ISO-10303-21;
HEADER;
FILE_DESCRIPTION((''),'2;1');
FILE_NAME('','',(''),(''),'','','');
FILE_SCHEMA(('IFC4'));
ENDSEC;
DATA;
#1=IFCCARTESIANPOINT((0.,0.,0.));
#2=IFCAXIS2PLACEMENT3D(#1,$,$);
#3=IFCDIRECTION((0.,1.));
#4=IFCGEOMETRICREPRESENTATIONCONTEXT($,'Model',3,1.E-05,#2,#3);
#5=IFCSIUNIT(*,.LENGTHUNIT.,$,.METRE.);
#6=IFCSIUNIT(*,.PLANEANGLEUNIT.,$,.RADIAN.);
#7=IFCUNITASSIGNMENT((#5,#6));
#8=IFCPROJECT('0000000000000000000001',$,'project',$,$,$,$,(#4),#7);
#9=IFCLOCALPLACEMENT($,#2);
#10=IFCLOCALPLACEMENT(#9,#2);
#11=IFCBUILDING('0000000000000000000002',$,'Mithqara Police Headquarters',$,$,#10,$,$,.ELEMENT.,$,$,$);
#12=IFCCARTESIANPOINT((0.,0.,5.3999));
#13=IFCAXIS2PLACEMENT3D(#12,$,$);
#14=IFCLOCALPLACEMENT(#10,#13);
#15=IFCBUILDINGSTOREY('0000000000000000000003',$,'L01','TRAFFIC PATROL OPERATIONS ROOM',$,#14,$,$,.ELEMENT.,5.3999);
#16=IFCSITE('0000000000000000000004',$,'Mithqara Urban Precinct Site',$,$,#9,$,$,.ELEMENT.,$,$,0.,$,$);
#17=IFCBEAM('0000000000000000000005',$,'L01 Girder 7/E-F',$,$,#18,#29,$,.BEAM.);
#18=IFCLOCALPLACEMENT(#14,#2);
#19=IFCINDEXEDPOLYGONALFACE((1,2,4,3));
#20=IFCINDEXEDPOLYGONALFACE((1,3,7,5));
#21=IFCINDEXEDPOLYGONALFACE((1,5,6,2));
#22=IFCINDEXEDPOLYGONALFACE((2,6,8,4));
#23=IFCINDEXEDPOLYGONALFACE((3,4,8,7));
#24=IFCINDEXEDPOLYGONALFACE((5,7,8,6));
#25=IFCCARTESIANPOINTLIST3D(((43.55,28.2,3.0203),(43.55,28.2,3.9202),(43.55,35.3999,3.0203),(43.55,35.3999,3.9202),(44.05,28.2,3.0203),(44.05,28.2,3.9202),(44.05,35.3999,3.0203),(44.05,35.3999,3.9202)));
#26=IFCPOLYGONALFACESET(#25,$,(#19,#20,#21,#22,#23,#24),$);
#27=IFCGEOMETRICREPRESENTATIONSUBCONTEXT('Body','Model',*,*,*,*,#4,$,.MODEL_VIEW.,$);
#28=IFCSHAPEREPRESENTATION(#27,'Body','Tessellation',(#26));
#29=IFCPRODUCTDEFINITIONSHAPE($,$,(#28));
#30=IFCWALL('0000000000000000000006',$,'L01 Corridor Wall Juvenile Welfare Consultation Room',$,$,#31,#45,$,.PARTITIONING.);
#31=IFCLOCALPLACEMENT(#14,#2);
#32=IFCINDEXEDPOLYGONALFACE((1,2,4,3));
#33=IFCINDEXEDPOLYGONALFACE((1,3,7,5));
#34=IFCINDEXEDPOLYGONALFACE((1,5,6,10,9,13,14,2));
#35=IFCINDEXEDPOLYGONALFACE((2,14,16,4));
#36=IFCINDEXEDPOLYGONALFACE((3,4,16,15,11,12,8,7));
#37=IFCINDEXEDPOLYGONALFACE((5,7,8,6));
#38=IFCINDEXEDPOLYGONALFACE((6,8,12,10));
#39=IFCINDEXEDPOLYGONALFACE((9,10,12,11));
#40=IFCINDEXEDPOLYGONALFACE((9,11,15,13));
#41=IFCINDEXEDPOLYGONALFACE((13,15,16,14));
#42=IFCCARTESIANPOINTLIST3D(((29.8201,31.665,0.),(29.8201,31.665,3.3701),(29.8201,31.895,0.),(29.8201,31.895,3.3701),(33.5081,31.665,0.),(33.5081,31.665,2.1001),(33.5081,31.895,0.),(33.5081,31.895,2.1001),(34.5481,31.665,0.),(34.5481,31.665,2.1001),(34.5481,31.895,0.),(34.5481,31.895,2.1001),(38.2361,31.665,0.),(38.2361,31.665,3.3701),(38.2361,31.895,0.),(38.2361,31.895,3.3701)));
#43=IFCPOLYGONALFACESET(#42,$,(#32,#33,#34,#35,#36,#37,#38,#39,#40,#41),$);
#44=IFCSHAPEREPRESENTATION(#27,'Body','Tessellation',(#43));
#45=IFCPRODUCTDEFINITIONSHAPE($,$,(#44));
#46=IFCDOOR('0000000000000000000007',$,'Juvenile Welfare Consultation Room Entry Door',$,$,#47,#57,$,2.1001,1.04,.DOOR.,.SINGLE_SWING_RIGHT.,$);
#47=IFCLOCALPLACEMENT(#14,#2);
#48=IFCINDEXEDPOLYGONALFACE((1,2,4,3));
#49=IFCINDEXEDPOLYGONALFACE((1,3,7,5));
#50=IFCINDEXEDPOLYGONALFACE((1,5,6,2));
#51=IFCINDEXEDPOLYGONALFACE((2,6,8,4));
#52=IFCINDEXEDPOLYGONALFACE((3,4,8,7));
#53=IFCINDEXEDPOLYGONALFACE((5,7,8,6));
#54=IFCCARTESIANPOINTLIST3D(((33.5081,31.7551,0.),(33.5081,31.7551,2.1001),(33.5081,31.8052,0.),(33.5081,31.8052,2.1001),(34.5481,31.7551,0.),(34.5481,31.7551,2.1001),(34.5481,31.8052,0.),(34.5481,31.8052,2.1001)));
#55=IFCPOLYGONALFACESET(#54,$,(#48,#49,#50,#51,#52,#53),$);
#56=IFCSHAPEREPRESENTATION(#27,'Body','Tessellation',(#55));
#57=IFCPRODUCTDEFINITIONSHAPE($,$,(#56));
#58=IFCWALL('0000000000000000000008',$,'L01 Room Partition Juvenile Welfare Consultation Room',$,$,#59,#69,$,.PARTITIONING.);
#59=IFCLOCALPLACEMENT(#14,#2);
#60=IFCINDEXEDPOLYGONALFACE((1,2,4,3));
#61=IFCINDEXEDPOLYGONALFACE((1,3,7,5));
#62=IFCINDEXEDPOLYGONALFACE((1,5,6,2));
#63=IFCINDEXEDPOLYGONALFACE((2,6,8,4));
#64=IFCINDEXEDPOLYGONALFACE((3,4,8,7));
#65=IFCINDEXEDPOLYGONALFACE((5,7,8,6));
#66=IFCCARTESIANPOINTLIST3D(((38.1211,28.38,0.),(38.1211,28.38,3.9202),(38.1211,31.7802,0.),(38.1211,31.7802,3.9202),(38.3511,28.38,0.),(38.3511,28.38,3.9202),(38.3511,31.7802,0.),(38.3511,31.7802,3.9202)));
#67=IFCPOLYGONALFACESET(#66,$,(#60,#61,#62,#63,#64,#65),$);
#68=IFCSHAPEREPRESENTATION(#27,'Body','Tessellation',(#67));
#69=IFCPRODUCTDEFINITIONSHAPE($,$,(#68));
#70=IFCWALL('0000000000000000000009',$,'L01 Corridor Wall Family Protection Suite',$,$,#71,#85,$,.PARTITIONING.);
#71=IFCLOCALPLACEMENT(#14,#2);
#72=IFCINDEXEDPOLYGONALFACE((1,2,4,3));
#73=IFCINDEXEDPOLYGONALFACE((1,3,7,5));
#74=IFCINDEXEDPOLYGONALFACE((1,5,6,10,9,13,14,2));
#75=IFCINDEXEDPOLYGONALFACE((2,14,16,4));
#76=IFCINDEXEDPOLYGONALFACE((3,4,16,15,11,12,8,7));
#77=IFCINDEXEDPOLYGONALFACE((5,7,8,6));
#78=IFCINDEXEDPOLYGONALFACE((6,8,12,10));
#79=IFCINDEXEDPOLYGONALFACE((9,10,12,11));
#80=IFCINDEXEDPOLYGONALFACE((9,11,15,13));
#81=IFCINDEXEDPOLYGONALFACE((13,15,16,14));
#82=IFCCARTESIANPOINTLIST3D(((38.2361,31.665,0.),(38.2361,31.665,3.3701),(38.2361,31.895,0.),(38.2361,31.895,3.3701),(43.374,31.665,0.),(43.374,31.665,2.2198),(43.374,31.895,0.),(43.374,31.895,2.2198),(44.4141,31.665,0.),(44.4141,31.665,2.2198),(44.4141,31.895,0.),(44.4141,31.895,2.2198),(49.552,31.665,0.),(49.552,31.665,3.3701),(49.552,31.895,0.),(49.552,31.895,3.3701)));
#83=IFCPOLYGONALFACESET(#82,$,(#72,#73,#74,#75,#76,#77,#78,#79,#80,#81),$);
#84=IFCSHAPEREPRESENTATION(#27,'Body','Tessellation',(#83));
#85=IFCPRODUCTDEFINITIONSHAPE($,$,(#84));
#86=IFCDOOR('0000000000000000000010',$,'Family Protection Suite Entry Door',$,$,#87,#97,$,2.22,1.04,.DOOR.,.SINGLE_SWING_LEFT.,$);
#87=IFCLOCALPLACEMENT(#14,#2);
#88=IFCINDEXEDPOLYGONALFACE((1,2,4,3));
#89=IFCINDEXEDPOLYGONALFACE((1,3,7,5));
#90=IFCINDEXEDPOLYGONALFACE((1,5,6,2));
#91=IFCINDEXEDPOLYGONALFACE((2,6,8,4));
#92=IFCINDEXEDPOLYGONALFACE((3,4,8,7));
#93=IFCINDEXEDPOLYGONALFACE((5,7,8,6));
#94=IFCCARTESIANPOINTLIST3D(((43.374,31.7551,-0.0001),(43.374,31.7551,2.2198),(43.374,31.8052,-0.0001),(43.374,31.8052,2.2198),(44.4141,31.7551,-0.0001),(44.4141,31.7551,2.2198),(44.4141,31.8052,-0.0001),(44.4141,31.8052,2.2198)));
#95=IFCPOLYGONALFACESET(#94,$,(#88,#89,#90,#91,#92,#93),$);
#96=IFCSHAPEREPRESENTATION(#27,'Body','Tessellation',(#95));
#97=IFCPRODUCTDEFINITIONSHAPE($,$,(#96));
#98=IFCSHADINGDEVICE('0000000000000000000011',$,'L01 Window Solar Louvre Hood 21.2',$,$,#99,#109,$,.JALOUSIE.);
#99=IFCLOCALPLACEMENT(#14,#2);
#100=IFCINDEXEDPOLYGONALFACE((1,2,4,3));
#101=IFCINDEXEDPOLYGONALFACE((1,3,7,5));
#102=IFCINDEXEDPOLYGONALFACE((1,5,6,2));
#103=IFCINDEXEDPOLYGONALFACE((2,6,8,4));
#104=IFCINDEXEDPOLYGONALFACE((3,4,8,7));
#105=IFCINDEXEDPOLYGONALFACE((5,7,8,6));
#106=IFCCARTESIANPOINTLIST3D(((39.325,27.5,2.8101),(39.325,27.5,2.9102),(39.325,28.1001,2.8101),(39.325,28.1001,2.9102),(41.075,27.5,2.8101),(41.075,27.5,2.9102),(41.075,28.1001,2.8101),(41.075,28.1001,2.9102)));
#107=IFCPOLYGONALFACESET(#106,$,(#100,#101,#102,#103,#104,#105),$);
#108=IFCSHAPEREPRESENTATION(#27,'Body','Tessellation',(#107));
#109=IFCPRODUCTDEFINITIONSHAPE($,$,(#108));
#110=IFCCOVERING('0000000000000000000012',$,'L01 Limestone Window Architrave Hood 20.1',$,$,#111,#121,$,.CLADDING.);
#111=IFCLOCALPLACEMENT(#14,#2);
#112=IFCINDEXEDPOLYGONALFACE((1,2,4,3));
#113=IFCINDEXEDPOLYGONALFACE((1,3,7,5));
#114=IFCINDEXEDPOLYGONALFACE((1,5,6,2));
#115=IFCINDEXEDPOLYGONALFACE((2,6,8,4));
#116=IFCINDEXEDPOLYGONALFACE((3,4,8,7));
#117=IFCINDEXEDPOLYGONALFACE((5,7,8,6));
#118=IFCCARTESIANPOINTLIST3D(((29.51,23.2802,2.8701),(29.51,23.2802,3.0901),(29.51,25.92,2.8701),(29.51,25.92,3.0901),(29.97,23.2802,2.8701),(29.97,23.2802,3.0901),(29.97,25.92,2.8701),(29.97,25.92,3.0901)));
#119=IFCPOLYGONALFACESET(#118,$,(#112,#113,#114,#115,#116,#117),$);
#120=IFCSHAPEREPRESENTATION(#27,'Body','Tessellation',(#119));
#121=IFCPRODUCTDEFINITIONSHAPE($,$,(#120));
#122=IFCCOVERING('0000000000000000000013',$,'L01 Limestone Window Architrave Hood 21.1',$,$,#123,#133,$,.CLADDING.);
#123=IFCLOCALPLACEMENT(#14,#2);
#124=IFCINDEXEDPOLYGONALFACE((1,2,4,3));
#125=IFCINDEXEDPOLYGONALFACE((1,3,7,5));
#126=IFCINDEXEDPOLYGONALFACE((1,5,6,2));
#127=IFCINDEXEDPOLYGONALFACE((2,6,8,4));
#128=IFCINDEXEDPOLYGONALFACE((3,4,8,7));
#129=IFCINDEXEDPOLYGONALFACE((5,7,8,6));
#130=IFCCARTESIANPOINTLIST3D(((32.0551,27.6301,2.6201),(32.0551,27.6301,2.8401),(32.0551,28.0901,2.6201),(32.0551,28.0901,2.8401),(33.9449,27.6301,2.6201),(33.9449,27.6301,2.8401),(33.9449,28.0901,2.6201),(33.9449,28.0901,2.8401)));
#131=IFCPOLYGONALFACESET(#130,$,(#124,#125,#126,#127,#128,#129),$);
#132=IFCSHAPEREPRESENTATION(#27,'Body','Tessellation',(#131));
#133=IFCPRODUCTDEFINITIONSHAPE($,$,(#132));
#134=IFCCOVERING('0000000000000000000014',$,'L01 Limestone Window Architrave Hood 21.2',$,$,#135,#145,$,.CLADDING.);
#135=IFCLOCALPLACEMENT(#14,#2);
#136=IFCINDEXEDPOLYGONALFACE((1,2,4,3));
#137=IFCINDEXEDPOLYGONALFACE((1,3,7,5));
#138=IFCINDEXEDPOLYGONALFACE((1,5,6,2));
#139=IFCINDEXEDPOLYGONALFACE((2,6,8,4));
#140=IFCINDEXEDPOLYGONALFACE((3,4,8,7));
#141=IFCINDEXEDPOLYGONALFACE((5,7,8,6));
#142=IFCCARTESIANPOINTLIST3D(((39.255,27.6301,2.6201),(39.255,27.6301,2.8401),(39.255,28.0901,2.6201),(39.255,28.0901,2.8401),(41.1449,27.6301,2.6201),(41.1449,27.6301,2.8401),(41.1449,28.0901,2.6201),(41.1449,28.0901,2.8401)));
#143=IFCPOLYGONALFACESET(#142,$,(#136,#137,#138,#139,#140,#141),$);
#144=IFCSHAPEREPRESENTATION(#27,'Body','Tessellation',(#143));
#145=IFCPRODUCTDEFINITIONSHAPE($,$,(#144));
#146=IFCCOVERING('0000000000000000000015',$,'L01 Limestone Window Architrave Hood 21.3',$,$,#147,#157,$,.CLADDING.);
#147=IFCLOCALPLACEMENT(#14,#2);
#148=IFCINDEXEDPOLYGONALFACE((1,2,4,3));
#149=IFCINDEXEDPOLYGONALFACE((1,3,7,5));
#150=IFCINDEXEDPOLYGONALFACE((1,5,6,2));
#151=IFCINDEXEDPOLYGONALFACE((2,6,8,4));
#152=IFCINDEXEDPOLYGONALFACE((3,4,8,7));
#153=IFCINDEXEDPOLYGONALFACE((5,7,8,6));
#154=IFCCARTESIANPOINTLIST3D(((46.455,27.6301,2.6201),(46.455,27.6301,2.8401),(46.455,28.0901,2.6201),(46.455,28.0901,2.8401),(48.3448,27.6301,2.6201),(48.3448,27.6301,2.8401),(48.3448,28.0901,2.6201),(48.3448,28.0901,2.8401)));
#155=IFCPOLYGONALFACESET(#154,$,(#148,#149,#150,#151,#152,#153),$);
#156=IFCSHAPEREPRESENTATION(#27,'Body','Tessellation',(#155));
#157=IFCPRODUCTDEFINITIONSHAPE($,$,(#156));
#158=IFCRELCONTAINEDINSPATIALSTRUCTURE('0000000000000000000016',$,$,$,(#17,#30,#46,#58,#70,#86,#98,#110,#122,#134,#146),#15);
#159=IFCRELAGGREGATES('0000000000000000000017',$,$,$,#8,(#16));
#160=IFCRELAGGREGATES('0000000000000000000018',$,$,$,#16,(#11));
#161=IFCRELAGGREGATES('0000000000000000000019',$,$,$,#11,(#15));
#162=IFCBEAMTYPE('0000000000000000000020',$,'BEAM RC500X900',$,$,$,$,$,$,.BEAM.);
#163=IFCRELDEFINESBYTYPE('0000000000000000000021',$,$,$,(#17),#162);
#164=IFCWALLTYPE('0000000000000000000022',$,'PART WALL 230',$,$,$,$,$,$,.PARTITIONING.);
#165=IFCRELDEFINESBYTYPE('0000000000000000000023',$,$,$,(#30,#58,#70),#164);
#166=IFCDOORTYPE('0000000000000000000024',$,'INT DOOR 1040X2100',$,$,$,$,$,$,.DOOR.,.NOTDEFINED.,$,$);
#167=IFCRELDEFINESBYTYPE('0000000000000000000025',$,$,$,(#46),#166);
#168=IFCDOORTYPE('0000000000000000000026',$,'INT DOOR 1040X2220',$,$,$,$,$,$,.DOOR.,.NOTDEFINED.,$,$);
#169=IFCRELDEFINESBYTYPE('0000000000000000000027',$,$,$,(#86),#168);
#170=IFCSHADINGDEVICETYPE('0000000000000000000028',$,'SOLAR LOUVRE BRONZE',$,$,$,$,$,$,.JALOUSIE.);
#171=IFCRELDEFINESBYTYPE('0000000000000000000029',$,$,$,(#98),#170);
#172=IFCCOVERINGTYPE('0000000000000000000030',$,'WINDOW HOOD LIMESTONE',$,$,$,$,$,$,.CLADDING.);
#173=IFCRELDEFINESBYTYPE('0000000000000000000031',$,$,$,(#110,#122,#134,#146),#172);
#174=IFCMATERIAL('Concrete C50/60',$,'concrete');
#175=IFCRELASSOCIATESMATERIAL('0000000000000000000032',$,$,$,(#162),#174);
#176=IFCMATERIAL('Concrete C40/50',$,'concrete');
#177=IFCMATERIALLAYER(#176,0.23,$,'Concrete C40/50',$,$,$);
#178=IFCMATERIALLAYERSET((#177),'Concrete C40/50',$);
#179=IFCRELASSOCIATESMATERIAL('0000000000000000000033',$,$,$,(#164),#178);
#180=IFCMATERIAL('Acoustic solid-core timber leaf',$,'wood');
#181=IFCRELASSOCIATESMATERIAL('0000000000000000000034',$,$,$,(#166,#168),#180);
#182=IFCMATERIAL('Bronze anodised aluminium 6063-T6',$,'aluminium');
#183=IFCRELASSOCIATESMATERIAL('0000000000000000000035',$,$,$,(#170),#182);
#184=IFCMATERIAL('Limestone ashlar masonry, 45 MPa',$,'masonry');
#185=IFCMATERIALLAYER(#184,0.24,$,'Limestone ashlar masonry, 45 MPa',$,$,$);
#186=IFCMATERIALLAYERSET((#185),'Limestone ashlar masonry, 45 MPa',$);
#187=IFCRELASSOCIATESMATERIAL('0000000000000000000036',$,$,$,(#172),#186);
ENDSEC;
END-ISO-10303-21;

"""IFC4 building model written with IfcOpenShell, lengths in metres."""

from ifc_helpers import new_model, si_unit, direction, frame, frame_2d, origin, origin_2d, place, context, subcontext, project, spatial, rectangle, extrude, material, layer, layer_set, material_profile, profile_set, type_object, element, fill, save


model = new_model("IFC4")

# Units and contexts
model_context = context("Model", 3, precision=1e-05, world=origin(), true_north=direction((0.0, 1.0)))
body_context = subcontext(model_context, "Body", "Model", "MODEL_VIEW")
ifc_project = project(units=[si_unit("LENGTHUNIT", "METRE"), si_unit("PLANEANGLEUNIT", "RADIAN")], contexts=[model_context])

# Site, building, storey
site_placement = place(None, origin())
site = spatial("IfcSite", under=ifc_project, at=site_placement, Name="Mithqara Urban Precinct Site", CompositionType="ELEMENT", RefElevation=0.0)
building_placement = place(site_placement, origin())
building = spatial("IfcBuilding", under=site, at=building_placement, Name="Mithqara Police Headquarters", CompositionType="ELEMENT")
storey_placement = place(building_placement, frame((0.0, 0.0, 5.3999)))
storey = spatial("IfcBuildingStorey", under=building, at=storey_placement, Name="L01", Description="TRAFFIC PATROL OPERATIONS ROOM", CompositionType="ELEMENT", Elevation=5.3999)

# Shared definitions
ifc_material_1 = material(Name="Concrete C50/60", Category="concrete")

# Beam
ifc_material_2 = material(Name="Concrete C40/50", Category="concrete")
ifc_material_profile_1 = material_profile(ifc_material_1, rectangle(XDim=0.5, YDim=0.8999, at=origin_2d()), Name="RC 500x900")
ifc_profile_set_1 = profile_set([ifc_material_profile_1], Name="Concrete C50/60")
beam_type_1 = type_object("IfcBeamType", Name="BEAM RC500X900", PredefinedType="BEAM", material=ifc_profile_set_1)
beam_1_placement = place(storey_placement, frame((43.8, 28.2, 3.4702), z_axis=(0.0, 1.0, 0.0), x_axis=(-1.0, 0.0, 0.0)))
element("IfcBeam", 1, at=beam_1_placement, inside=storey, type_object=beam_type_1, Name="L01 Girder 7/E-F", PredefinedType="BEAM", context=body_context, shape_type="SweptSolid", body=[
    extrude(rectangle(XDim=0.5, YDim=0.8999, at=origin_2d()), origin(), (0.0, 0.0, 1.0), 7.2),
])

# Wall, opening, door
ifc_layer_1 = layer(ifc_material_2, 0.23, Name="Concrete C40/50")
ifc_layer_set_1 = layer_set([ifc_layer_1], Name="Concrete C40/50")
wall_type = type_object("IfcWallType", Name="PART WALL 230", PredefinedType="PARTITIONING", material=ifc_layer_set_1)
wall_1_placement = place(storey_placement, frame((29.8201, 31.78, 0.0), z_axis=(0.0, 0.0, 1.0), x_axis=(1.0, 0.0, 0.0)))
wall_1 = element("IfcWall", 2, at=wall_1_placement, inside=storey, type_object=wall_type, Name="L01 Corridor Wall Juvenile Welfare Consultation Room", PredefinedType="PARTITIONING", context=body_context, shape_type="SweptSolid", body=[
    extrude(rectangle(XDim=8.416, YDim=0.23, at=frame_2d((4.208, 0.0))), origin(), (0.0, 0.0, 1.0), 3.3701),
])
opening_1_placement = place(wall_1_placement, frame((3.688, 0.0, 0.0)))
opening_1 = element("IfcOpeningElement", 3, at=opening_1_placement, cuts=wall_1, PredefinedType="OPENING", context=body_context, shape_type="SweptSolid", body=[
    extrude(rectangle(XDim=1.04, YDim=2.1001, at=frame_2d((0.52, 1.05))), frame((0.0, 0.125, 0.0), z_axis=(0.0, -1.0, 0.0), x_axis=(1.0, 0.0, 0.0)), (0.0, 0.0, 1.0), 0.25),
])
ifc_material_3 = material(Name="Acoustic solid-core timber leaf", Category="wood")
door_type_1 = type_object("IfcDoorType", Name="INT DOOR 1040X2100", OperationType="NOTDEFINED", PredefinedType="DOOR", material=ifc_material_3)
door_1_placement = place(opening_1_placement, frame((1.04, 0.0, 0.0), z_axis=(0.0, 0.0, 1.0), x_axis=(-1.0, 0.0, 0.0)))
door_1 = element("IfcDoor", 4, at=door_1_placement, inside=storey, type_object=door_type_1, Name="Juvenile Welfare Consultation Room Entry Door", OperationType="SINGLE_SWING_RIGHT", OverallHeight=2.1001, OverallWidth=1.04, PredefinedType="DOOR", context=body_context, shape_type="SweptSolid", body=[
    extrude(rectangle(XDim=1.04, YDim=2.1001, at=frame_2d((0.52, 1.05))), frame((0.0, 0.0249, 0.0), z_axis=(0.0, -1.0, 0.0), x_axis=(1.0, 0.0, 0.0)), (0.0, 0.0, 1.0), 0.05),
])
fill(opening_1, door_1)

# Wall
wall_2_placement = place(storey_placement, frame((38.2361, 28.3799, 0.0), z_axis=(0.0, 0.0, 1.0), x_axis=(0.0, 1.0, 0.0)))
element("IfcWall", 5, at=wall_2_placement, inside=storey, type_object=wall_type, Name="L01 Room Partition Juvenile Welfare Consultation Room", PredefinedType="PARTITIONING", context=body_context, shape_type="SweptSolid", body=[
    extrude(rectangle(XDim=3.4001, YDim=0.23, at=frame_2d((1.7002, 0.0))), origin(), (0.0, 0.0, 1.0), 3.9202),
])

# Wall, opening, door
wall_3_placement = place(storey_placement, frame((38.2361, 31.78, 0.0), z_axis=(0.0, 0.0, 1.0), x_axis=(1.0, 0.0, 0.0)))
wall_3 = element("IfcWall", 6, at=wall_3_placement, inside=storey, type_object=wall_type, Name="L01 Corridor Wall Family Protection Suite", PredefinedType="PARTITIONING", context=body_context, shape_type="SweptSolid", body=[
    extrude(rectangle(XDim=11.3159, YDim=0.23, at=frame_2d((5.658, 0.0))), origin(), (0.0, 0.0, 1.0), 3.3701),
])
opening_2_placement = place(wall_3_placement, frame((5.1379, 0.0, 0.0)))
opening_2 = element("IfcOpeningElement", 7, at=opening_2_placement, cuts=wall_3, PredefinedType="OPENING", context=body_context, shape_type="SweptSolid", body=[
    extrude(rectangle(XDim=1.04, YDim=2.22, at=frame_2d((0.52, 1.1099))), frame((0.0, 0.125, 0.0), z_axis=(0.0, -1.0, 0.0), x_axis=(1.0, 0.0, 0.0)), (0.0, 0.0, 1.0), 0.25),
])
door_type_2 = type_object("IfcDoorType", Name="INT DOOR 1040X2220", OperationType="NOTDEFINED", PredefinedType="DOOR", material=ifc_material_3)
door_2_placement = place(opening_2_placement, frame((1.04, 0.0, 0.0), z_axis=(0.0, 0.0, 1.0), x_axis=(-1.0, 0.0, 0.0)))
door_2 = element("IfcDoor", 8, at=door_2_placement, inside=storey, type_object=door_type_2, Name="Family Protection Suite Entry Door", OperationType="SINGLE_SWING_LEFT", OverallHeight=2.22, OverallWidth=1.04, PredefinedType="DOOR", context=body_context, shape_type="SweptSolid", body=[
    extrude(rectangle(XDim=1.04, YDim=2.22, at=frame_2d((0.52, 1.1099))), frame((0.0, 0.0249, 0.0), z_axis=(0.0, -1.0, 0.0), x_axis=(1.0, 0.0, 0.0)), (0.0, 0.0, 1.0), 0.05),
])
fill(opening_2, door_2)

# Shading device
ifc_material_4 = material(Name="Bronze anodised aluminium 6063-T6", Category="aluminium")
shading_device_type = type_object("IfcShadingDeviceType", Name="SOLAR LOUVRE BRONZE", PredefinedType="JALOUSIE", material=ifc_material_4)
shading_device_placement = place(storey_placement, frame((40.2, 27.8, 2.8101), z_axis=(0.0, 0.0, 1.0), x_axis=(1.0, 0.0, 0.0)))
element("IfcShadingDevice", 9, at=shading_device_placement, inside=storey, type_object=shading_device_type, Name="L01 Window Solar Louvre Hood 21.2", PredefinedType="JALOUSIE", context=body_context, shape_type="SweptSolid", body=[
    extrude(rectangle(XDim=1.75, YDim=0.6001, at=origin_2d()), origin(), (0.0, 0.0, 1.0), 0.1001),
])

# Coverings
ifc_material_5 = material(Name="Limestone ashlar masonry, 45 MPa", Category="masonry")
ifc_layer_2 = layer(ifc_material_5, 0.24, Name="Limestone ashlar masonry, 45 MPa")
ifc_layer_set_2 = layer_set([ifc_layer_2], Name="Limestone ashlar masonry, 45 MPa")
covering_type = type_object("IfcCoveringType", Name="WINDOW HOOD LIMESTONE", PredefinedType="CLADDING", material=ifc_layer_set_2)
covering_placement = place(storey_placement, frame((29.74, 24.6001, 2.8701), z_axis=(0.0, 0.0, 1.0), x_axis=(0.0, 1.0, 0.0)))
element("IfcCovering", 10, at=covering_placement, inside=storey, type_object=covering_type, Name="L01 Limestone Window Architrave Hood 20.1", PredefinedType="CLADDING", context=body_context, shape_type="SweptSolid", body=[
    extrude(rectangle(XDim=2.6399, YDim=0.46, at=origin_2d()), origin(), (0.0, 0.0, 1.0), 0.22),
])
for number, where, z_axis, x_axis, name in (
    (11, (33.0, 27.8601, 2.6201), (0.0, 0.0, 1.0), (1.0, 0.0, 0.0), "L01 Limestone Window Architrave Hood 21.1"),
    (12, (40.2, 27.8601, 2.6201), (0.0, 0.0, 1.0), (1.0, 0.0, 0.0), "L01 Limestone Window Architrave Hood 21.2"),
    (13, (47.3999, 27.8601, 2.6201), (0.0, 0.0, 1.0), (1.0, 0.0, 0.0), "L01 Limestone Window Architrave Hood 21.3"),
):
    element("IfcCovering", number, at=place(storey_placement, frame(where, z_axis=z_axis, x_axis=x_axis)), inside=storey, type_object=covering_type, Name=name, PredefinedType="CLADDING", context=body_context, shape_type="SweptSolid", body=[
        extrude(rectangle(XDim=1.8899, YDim=0.46, at=origin_2d()), origin(), (0.0, 0.0, 1.0), 0.22),
    ])

save(model, "model.ifc")
